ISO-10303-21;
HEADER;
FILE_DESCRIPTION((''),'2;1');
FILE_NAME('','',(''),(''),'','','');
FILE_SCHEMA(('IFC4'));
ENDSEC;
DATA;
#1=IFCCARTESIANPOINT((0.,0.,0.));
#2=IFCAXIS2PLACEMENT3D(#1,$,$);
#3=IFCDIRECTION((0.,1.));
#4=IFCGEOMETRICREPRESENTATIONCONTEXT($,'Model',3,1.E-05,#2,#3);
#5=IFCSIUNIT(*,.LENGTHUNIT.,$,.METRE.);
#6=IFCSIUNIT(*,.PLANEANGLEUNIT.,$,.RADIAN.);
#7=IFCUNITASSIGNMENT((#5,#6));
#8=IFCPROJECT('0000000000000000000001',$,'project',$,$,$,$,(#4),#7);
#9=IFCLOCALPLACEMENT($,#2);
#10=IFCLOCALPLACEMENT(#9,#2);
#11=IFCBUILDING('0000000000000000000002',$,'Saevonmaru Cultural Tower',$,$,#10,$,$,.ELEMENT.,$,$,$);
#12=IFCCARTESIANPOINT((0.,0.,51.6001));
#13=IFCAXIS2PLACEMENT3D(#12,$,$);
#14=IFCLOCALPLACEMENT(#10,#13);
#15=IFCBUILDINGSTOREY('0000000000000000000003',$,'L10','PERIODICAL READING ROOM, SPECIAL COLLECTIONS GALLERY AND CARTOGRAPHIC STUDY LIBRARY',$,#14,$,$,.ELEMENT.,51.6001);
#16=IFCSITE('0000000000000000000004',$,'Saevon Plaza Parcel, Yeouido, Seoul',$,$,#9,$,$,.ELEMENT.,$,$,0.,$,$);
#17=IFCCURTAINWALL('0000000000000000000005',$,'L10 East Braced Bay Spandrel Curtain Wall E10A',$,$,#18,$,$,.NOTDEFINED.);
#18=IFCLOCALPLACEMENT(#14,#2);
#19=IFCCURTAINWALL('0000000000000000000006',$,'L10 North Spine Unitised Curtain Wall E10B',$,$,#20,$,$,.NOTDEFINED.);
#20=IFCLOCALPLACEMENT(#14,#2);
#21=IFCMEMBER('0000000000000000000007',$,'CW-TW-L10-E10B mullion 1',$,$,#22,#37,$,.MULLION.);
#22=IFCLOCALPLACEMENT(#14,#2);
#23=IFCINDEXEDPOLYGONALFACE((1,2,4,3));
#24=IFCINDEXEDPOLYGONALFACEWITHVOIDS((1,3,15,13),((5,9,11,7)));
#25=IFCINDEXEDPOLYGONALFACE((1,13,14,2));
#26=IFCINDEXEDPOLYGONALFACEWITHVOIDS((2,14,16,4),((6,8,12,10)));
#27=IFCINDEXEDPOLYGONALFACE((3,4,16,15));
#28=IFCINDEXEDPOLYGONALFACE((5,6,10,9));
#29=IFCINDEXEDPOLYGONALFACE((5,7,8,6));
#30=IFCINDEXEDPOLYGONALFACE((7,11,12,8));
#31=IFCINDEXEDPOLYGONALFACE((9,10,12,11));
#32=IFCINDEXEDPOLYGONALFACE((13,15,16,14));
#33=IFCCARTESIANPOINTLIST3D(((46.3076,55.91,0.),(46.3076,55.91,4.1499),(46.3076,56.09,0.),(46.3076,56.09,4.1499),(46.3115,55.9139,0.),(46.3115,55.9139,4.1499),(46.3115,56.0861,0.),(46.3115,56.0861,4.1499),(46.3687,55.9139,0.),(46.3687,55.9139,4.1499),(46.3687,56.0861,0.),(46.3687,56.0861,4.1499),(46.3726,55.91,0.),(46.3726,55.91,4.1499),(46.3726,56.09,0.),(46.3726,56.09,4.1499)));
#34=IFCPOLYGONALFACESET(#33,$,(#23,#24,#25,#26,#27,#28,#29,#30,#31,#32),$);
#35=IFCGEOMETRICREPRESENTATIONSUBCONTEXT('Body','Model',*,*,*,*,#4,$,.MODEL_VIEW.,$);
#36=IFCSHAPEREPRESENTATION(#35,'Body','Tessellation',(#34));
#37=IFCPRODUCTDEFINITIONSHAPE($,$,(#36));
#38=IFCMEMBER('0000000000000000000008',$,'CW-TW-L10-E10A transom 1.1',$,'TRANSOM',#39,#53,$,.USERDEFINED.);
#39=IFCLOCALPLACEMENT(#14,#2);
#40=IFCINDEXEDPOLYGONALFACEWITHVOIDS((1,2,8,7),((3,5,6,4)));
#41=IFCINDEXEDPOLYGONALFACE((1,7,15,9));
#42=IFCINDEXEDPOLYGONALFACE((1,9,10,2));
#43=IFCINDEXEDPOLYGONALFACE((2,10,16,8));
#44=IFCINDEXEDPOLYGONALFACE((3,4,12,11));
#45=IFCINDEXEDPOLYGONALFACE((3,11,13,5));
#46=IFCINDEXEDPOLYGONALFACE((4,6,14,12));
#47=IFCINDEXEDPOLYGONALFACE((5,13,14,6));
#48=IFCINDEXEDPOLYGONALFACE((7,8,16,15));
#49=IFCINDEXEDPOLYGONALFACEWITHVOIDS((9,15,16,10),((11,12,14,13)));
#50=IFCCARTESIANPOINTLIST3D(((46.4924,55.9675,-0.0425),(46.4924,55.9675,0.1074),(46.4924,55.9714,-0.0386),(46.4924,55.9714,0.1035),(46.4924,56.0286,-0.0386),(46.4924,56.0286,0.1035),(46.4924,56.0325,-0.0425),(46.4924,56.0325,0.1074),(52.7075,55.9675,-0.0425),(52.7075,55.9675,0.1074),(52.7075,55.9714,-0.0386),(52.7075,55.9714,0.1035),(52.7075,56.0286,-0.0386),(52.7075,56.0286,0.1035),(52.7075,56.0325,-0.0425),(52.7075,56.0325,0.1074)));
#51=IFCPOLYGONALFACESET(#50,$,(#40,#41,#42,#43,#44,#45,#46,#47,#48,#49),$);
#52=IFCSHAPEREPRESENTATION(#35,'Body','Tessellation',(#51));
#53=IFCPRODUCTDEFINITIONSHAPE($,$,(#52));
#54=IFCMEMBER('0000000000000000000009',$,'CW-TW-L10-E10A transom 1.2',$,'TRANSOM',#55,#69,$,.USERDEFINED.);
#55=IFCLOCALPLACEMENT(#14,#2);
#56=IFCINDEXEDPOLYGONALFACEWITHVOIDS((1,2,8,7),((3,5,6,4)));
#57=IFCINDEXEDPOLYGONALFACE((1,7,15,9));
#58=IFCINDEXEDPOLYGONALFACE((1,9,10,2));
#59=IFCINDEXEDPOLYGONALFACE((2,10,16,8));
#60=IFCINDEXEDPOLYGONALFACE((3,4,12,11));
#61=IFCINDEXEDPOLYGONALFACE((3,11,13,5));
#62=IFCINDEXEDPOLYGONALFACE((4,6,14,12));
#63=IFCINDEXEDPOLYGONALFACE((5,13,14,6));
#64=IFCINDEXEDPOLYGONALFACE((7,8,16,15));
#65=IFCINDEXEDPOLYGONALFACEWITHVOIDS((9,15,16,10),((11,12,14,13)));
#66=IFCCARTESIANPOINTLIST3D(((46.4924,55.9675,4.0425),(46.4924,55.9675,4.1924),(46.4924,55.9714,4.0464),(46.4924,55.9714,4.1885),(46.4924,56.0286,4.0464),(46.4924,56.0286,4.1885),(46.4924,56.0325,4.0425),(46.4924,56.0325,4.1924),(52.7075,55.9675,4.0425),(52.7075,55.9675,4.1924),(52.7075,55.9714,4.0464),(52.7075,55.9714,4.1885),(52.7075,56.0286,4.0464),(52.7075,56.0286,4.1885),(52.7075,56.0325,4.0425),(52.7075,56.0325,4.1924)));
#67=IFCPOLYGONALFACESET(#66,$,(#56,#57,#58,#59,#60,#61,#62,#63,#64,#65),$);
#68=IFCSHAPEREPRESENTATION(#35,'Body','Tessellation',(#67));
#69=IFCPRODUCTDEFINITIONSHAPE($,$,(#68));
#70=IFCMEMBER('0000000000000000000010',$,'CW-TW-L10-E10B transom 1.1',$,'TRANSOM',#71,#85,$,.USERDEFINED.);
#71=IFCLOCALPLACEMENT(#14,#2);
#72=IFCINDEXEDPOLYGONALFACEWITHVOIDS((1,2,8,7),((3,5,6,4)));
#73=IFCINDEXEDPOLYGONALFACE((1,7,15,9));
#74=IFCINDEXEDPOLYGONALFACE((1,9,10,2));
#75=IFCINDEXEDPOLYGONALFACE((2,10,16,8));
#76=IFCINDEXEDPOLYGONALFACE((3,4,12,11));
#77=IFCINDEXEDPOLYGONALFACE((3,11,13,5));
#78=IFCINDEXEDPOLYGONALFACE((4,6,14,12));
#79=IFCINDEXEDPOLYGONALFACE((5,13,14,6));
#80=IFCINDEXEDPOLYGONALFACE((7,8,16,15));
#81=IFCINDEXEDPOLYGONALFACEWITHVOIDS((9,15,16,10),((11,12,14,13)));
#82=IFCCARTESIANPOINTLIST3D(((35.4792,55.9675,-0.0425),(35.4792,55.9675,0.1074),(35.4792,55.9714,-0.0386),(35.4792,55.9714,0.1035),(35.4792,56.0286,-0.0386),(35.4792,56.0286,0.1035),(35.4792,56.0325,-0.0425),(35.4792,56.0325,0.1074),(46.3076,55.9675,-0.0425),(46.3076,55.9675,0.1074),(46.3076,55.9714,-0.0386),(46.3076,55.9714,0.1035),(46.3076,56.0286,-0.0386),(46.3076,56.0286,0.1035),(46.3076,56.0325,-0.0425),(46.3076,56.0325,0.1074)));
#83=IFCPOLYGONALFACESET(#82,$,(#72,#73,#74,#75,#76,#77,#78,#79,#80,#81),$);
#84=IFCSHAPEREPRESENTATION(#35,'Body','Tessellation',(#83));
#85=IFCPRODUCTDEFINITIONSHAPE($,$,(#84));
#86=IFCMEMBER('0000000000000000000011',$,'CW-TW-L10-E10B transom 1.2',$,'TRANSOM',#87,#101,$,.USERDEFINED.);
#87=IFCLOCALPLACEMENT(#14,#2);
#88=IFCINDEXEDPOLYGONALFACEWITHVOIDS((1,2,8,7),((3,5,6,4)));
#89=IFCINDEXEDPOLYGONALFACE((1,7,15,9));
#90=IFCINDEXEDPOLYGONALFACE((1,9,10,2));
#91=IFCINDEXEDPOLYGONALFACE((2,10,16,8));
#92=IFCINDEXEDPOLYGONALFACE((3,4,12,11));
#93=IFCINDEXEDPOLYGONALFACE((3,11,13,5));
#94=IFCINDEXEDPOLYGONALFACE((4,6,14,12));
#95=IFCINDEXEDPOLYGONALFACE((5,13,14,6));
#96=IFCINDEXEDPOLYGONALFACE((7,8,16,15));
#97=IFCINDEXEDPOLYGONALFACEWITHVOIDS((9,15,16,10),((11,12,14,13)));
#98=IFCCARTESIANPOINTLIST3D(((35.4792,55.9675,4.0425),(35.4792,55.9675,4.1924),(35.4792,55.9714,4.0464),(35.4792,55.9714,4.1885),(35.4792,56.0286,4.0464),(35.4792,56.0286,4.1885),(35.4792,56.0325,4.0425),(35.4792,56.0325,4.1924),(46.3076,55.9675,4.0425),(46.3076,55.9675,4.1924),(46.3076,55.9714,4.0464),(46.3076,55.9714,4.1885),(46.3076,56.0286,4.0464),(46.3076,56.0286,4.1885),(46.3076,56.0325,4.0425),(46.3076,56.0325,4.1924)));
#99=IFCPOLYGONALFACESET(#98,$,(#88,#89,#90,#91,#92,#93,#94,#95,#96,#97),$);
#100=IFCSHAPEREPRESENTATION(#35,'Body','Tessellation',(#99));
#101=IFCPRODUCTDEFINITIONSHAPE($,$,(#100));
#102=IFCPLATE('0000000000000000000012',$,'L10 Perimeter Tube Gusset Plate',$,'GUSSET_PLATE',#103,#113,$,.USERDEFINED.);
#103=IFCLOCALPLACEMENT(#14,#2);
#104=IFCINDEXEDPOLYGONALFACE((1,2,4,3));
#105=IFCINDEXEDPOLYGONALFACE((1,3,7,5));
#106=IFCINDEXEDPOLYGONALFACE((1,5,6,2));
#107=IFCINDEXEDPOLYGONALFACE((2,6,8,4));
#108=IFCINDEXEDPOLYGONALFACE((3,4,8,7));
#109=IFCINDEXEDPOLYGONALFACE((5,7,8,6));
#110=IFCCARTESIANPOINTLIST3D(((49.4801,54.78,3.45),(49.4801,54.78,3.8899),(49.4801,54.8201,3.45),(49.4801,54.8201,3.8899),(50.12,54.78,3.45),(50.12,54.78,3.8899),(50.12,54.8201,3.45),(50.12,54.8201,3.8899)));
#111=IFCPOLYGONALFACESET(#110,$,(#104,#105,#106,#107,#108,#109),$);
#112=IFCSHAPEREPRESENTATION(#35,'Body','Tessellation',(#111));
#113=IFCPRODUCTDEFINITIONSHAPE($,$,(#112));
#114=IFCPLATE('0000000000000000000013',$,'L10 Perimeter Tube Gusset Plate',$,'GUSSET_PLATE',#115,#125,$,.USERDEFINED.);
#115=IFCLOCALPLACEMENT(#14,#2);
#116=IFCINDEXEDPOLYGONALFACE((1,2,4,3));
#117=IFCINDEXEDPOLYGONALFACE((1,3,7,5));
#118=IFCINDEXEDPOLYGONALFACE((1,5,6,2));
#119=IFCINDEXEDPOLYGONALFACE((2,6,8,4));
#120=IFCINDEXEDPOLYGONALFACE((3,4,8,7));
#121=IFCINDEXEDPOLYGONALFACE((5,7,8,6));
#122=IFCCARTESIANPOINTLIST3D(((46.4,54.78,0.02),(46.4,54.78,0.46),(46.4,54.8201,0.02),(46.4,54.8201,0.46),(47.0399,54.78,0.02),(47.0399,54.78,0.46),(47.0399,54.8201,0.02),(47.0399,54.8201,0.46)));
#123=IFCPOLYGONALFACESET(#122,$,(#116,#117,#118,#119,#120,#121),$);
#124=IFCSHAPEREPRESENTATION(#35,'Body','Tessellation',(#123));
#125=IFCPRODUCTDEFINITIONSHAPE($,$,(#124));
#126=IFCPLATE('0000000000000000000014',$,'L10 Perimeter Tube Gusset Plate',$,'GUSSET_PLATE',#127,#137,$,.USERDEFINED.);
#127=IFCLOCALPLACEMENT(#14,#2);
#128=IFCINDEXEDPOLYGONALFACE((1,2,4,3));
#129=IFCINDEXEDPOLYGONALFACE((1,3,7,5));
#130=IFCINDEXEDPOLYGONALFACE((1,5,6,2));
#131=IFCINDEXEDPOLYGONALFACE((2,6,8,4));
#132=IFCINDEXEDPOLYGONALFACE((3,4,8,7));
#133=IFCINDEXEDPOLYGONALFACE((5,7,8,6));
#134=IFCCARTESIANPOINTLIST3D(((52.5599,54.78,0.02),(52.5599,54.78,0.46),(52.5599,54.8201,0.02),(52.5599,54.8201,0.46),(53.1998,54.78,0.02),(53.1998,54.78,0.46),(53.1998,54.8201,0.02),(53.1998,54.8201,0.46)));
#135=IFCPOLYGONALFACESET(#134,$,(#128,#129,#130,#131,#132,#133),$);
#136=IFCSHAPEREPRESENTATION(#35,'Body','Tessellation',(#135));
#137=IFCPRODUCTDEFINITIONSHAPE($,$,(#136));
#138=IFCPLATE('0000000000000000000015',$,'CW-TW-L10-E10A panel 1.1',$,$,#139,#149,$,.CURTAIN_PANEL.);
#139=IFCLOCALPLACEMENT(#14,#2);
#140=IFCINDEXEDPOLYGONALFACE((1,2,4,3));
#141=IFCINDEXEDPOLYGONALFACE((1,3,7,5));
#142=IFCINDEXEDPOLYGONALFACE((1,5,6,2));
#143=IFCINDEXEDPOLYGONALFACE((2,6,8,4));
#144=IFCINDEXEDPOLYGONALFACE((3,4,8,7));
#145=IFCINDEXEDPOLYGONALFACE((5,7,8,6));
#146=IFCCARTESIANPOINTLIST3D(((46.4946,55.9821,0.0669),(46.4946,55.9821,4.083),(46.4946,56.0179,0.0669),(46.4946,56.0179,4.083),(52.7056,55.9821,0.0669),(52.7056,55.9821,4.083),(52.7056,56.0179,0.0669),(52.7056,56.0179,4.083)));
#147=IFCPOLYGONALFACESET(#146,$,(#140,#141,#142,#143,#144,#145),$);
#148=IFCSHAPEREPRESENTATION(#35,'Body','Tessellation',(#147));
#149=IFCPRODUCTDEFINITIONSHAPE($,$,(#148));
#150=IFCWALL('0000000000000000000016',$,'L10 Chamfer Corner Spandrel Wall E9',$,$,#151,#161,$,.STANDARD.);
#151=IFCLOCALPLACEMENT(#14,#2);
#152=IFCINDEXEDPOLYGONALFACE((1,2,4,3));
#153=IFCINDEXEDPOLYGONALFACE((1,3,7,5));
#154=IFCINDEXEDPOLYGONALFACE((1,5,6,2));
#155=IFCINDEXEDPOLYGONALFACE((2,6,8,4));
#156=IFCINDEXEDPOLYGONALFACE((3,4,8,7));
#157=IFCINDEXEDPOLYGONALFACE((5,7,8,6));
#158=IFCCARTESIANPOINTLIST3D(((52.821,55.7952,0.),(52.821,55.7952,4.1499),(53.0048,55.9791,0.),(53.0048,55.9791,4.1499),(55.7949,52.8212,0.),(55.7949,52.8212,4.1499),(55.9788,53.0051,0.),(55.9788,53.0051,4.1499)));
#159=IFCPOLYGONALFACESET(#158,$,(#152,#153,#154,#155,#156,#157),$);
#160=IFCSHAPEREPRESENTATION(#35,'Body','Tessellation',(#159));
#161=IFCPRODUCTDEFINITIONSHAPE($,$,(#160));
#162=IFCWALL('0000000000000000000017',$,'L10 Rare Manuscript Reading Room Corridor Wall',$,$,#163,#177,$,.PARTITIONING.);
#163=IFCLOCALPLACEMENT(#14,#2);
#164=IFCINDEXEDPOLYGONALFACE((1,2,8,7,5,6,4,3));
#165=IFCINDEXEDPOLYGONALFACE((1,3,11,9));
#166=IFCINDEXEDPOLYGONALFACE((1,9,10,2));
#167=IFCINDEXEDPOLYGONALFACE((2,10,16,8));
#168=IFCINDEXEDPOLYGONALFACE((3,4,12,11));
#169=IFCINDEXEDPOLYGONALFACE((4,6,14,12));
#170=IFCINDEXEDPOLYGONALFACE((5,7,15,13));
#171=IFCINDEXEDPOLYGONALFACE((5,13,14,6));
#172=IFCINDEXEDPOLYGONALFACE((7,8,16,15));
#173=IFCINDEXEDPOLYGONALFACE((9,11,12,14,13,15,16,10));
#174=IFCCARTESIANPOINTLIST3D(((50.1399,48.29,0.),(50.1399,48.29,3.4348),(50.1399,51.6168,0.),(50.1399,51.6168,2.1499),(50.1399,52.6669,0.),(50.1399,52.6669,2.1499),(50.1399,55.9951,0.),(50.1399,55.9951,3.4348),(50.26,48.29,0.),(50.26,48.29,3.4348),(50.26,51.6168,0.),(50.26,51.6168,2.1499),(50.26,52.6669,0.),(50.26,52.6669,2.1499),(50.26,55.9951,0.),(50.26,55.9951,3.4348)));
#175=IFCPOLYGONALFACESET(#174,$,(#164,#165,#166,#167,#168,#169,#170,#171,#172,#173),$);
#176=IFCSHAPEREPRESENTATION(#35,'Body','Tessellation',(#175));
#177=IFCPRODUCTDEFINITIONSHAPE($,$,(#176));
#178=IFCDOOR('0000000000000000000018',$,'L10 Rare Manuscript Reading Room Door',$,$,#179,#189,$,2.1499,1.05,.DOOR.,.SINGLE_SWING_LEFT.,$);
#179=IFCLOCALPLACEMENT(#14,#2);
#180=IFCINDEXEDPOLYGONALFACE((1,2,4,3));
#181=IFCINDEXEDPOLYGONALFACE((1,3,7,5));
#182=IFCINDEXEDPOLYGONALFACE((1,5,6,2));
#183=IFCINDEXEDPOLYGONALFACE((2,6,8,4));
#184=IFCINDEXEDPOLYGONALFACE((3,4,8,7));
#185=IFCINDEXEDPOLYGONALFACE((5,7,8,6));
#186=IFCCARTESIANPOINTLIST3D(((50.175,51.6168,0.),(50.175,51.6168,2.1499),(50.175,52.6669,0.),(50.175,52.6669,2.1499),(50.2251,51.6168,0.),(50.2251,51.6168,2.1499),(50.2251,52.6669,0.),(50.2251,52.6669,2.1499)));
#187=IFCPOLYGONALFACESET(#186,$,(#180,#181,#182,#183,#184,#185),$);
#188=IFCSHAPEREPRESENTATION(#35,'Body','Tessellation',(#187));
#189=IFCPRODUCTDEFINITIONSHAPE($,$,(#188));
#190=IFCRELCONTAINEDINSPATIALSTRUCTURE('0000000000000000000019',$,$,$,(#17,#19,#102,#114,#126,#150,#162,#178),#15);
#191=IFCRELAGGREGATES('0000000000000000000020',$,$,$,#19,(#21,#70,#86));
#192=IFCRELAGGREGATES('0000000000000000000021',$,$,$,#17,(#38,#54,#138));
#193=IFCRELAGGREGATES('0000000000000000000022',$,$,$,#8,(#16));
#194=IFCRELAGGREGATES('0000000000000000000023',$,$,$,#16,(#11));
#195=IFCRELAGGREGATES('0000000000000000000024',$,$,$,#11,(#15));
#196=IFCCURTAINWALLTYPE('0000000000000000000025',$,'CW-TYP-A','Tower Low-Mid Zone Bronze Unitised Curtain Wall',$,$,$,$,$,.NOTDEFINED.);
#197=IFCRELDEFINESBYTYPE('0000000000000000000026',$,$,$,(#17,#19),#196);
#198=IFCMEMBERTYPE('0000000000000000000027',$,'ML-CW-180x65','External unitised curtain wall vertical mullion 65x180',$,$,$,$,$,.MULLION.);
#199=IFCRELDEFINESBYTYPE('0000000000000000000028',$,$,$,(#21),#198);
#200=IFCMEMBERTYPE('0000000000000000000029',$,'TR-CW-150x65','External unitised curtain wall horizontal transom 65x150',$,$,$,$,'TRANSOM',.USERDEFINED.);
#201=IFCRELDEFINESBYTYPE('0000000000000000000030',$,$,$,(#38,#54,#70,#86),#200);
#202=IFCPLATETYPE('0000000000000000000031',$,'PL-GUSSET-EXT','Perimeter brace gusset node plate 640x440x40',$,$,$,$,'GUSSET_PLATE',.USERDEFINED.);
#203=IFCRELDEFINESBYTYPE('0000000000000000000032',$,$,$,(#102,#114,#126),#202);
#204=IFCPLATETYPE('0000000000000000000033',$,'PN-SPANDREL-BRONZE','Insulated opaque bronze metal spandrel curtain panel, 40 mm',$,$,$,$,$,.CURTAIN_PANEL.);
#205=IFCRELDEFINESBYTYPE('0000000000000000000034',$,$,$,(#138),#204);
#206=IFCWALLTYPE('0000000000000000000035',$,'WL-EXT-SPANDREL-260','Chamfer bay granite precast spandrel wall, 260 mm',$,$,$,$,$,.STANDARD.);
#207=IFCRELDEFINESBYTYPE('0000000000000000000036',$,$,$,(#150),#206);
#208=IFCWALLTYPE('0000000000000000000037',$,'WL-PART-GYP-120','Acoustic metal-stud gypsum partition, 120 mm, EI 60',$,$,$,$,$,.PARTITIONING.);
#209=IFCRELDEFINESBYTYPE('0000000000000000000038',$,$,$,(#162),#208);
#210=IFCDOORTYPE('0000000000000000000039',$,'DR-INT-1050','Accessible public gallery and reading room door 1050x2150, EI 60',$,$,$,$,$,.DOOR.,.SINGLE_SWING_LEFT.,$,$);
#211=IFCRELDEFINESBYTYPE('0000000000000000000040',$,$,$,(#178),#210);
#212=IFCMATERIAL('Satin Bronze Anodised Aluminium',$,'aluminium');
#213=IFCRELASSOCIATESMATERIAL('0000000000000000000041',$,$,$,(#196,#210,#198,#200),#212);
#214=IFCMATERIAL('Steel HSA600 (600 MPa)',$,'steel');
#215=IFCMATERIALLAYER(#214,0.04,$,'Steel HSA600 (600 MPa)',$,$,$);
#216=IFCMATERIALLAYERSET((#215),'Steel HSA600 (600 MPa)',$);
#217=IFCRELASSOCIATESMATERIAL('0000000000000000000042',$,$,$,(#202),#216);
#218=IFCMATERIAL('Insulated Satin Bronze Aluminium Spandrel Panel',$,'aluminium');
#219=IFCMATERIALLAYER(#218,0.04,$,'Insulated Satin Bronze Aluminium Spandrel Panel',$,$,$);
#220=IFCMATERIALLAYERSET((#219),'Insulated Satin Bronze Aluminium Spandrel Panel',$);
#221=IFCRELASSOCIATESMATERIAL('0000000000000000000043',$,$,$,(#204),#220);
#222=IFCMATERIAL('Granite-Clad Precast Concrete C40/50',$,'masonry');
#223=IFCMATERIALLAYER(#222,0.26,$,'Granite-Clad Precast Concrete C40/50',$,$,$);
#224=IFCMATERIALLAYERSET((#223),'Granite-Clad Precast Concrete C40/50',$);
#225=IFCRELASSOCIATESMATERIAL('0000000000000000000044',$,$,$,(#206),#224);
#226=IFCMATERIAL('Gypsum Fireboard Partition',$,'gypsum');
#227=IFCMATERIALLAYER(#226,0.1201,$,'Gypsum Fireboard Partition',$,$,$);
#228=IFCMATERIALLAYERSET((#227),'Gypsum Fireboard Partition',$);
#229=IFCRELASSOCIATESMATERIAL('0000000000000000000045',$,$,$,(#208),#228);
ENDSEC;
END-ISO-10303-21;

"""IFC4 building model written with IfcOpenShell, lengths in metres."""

from ifc_helpers import new_model, si_unit, direction, frame, frame_2d, origin, origin_2d, place, context, subcontext, project, spatial, rectangle, hollow_rectangle, extrude, material, layer, layer_set, material_profile, profile_set, type_object, element, fill, aggregate, save


model = new_model("IFC4")

# Units and contexts
model_context = context("Model", 3, precision=1e-05, world=origin(), true_north=direction((0.0, 1.0)))
body_context = subcontext(model_context, "Body", "Model", "MODEL_VIEW")
ifc_project = project(units=[si_unit("LENGTHUNIT", "METRE"), si_unit("PLANEANGLEUNIT", "RADIAN")], contexts=[model_context])

# Site, building, storey
site_placement = place(None, origin())
site = spatial("IfcSite", under=ifc_project, at=site_placement, Name="Saevon Plaza Parcel, Yeouido, Seoul", CompositionType="ELEMENT", RefElevation=0.0)
building_placement = place(site_placement, origin())
building = spatial("IfcBuilding", under=site, at=building_placement, Name="Saevonmaru Cultural Tower", CompositionType="ELEMENT")
storey_placement = place(building_placement, frame((0.0, 0.0, 51.6001)))
storey = spatial("IfcBuildingStorey", under=building, at=storey_placement, Name="L10", Description="PERIODICAL READING ROOM, SPECIAL COLLECTIONS GALLERY AND CARTOGRAPHIC STUDY LIBRARY", CompositionType="ELEMENT", Elevation=51.6001)

# Shared definitions
ifc_material_1 = material(Name="Steel HSA600 (600 MPa)", Category="steel")

# Shared definitions
ifc_material_2 = material(Name="Satin Bronze Anodised Aluminium", Category="aluminium")
curtain_wall_type = type_object("IfcCurtainWallType", Name="CW-TYP-A", Description="Tower Low-Mid Zone Bronze Unitised Curtain Wall", PredefinedType="NOTDEFINED", material=ifc_material_2)
ifc_material_profile_1 = material_profile(ifc_material_2, hollow_rectangle(XDim=0.0649, YDim=0.1799, WallThickness=0.0039, at=origin_2d()), Name="ALU-MULL-180x65x4")
ifc_profile_set_1 = profile_set([ifc_material_profile_1], Name="Satin Bronze Anodised Aluminium")
member_type_1 = type_object("IfcMemberType", Name="ML-CW-180x65", Description="External unitised curtain wall vertical mullion 65x180", PredefinedType="MULLION", material=ifc_profile_set_1)

# Curtain wall
curtain_wall_1_placement = place(storey_placement, origin())
curtain_wall_1 = element("IfcCurtainWall", 1, at=curtain_wall_1_placement, inside=storey, type_object=curtain_wall_type, Name="L10 East Braced Bay Spandrel Curtain Wall E10A", PredefinedType="NOTDEFINED")

# Curtain wall, member
curtain_wall_2_placement = place(storey_placement, origin())
curtain_wall_2 = element("IfcCurtainWall", 2, at=curtain_wall_2_placement, inside=storey, type_object=curtain_wall_type, Name="L10 North Spine Unitised Curtain Wall E10B", PredefinedType="NOTDEFINED")
member_1_placement = place(storey_placement, frame((46.3401, 56.0, 0.0), z_axis=(0.0, 0.0, 1.0), x_axis=(-1.0, 0.0, 0.0)))
member_1 = element("IfcMember", 3, at=member_1_placement, type_object=member_type_1, Name="CW-TW-L10-E10B mullion 1", PredefinedType="MULLION", context=body_context, shape_type="SweptSolid", body=[
    extrude(hollow_rectangle(XDim=0.0649, YDim=0.1799, WallThickness=0.0039, at=origin_2d()), origin(), (0.0, 0.0, 1.0), 4.1499),
])

# Members
ifc_material_profile_2 = material_profile(ifc_material_2, hollow_rectangle(XDim=0.0649, YDim=0.1499, WallThickness=0.0039, at=origin_2d()), Name="ALU-TRAN-150x65x4")
ifc_profile_set_2 = profile_set([ifc_material_profile_2], Name="Satin Bronze Anodised Aluminium")
member_type_2 = type_object("IfcMemberType", Name="TR-CW-150x65", Description="External unitised curtain wall horizontal transom 65x150", ElementType="TRANSOM", PredefinedType="USERDEFINED", material=ifc_profile_set_2)
member_2_placement = place(storey_placement, frame((52.7075, 56.0, 0.0325), z_axis=(-1.0, 0.0, 0.0), x_axis=(0.0, -1.0, 0.0)))
member_2 = element("IfcMember", 4, at=member_2_placement, type_object=member_type_2, Name="CW-TW-L10-E10A transom 1.1", ObjectType="TRANSOM", PredefinedType="USERDEFINED", context=body_context, shape_type="SweptSolid", body=[
    extrude(hollow_rectangle(XDim=0.0649, YDim=0.1499, WallThickness=0.0039, at=origin_2d()), origin(), (0.0, 0.0, 1.0), 6.2151),
])
member_3_placement = place(storey_placement, frame((52.7075, 56.0, 4.1174), z_axis=(-1.0, 0.0, 0.0), x_axis=(0.0, -1.0, 0.0)))
member_3 = element("IfcMember", 5, at=member_3_placement, type_object=member_type_2, Name="CW-TW-L10-E10A transom 1.2", ObjectType="TRANSOM", PredefinedType="USERDEFINED", context=body_context, shape_type="SweptSolid", body=[
    extrude(hollow_rectangle(XDim=0.0649, YDim=0.1499, WallThickness=0.0039, at=origin_2d()), origin(), (0.0, 0.0, 1.0), 6.2151),
])
member_4_placement = place(storey_placement, frame((46.3076, 56.0, 0.0325), z_axis=(-1.0, 0.0, 0.0), x_axis=(0.0, -1.0, 0.0)))
member_4 = element("IfcMember", 6, at=member_4_placement, type_object=member_type_2, Name="CW-TW-L10-E10B transom 1.1", ObjectType="TRANSOM", PredefinedType="USERDEFINED", context=body_context, shape_type="SweptSolid", body=[
    extrude(hollow_rectangle(XDim=0.0649, YDim=0.1499, WallThickness=0.0039, at=origin_2d()), origin(), (0.0, 0.0, 1.0), 10.8284),
])
member_5_placement = place(storey_placement, frame((46.3076, 56.0, 4.1174), z_axis=(-1.0, 0.0, 0.0), x_axis=(0.0, -1.0, 0.0)))
member_5 = element("IfcMember", 7, at=member_5_placement, type_object=member_type_2, Name="CW-TW-L10-E10B transom 1.2", ObjectType="TRANSOM", PredefinedType="USERDEFINED", context=body_context, shape_type="SweptSolid", body=[
    extrude(hollow_rectangle(XDim=0.0649, YDim=0.1499, WallThickness=0.0039, at=origin_2d()), origin(), (0.0, 0.0, 1.0), 10.8284),
])
aggregate(curtain_wall_2, [member_1, member_4, member_5])

# Plates
ifc_layer_1 = layer(ifc_material_1, 0.04, Name="Steel HSA600 (600 MPa)")
ifc_layer_set_1 = layer_set([ifc_layer_1], Name="Steel HSA600 (600 MPa)")
plate_type_1 = type_object("IfcPlateType", Name="PL-GUSSET-EXT", Description="Perimeter brace gusset node plate 640x440x40", ElementType="GUSSET_PLATE", PredefinedType="USERDEFINED", material=ifc_layer_set_1)
for number, where, z_axis, x_axis, name in (
    (8, (49.8, 54.8, 3.45), (0.0, 0.0, 1.0), (1.0, 0.0, 0.0), "L10 Perimeter Tube Gusset Plate"),
    (9, (46.72, 54.8, 0.02), (0.0, 0.0, 1.0), (1.0, 0.0, 0.0), "L10 Perimeter Tube Gusset Plate"),
    (10, (52.8799, 54.8, 0.02), (0.0, 0.0, 1.0), (1.0, 0.0, 0.0), "L10 Perimeter Tube Gusset Plate"),
):
    element("IfcPlate", number, at=place(storey_placement, frame(where, z_axis=z_axis, x_axis=x_axis)), inside=storey, type_object=plate_type_1, Name=name, ObjectType="GUSSET_PLATE", PredefinedType="USERDEFINED", context=body_context, shape_type="SweptSolid", body=[
        extrude(rectangle(XDim=0.6399, YDim=0.04, at=origin_2d()), origin(), (0.0, 0.0, 1.0), 0.4399),
    ])

# Plate
ifc_material_3 = material(Name="Insulated Satin Bronze Aluminium Spandrel Panel", Category="aluminium")
ifc_layer_2 = layer(ifc_material_3, 0.04, Name="Insulated Satin Bronze Aluminium Spandrel Panel")
ifc_layer_set_2 = layer_set([ifc_layer_2], Name="Insulated Satin Bronze Aluminium Spandrel Panel")
plate_type_2 = type_object("IfcPlateType", Name="PN-SPANDREL-BRONZE", Description="Insulated opaque bronze metal spandrel curtain panel, 40 mm", PredefinedType="CURTAIN_PANEL", material=ifc_layer_set_2)
plate_placement = place(storey_placement, frame((49.6001, 56.0, 0.0669), z_axis=(0.0, 0.0, 1.0), x_axis=(-1.0, 0.0, 0.0)))
plate = element("IfcPlate", 11, at=plate_placement, type_object=plate_type_2, Name="CW-TW-L10-E10A panel 1.1", PredefinedType="CURTAIN_PANEL", context=body_context, shape_type="SweptSolid", body=[
    extrude(rectangle(XDim=6.2109, YDim=0.0359, at=origin_2d()), origin(), (0.0, 0.0, 1.0), 4.0161),
])
aggregate(curtain_wall_1, [member_2, member_3, plate])

# Wall
ifc_material_4 = material(Name="Granite-Clad Precast Concrete C40/50", Category="masonry")
ifc_layer_3 = layer(ifc_material_4, 0.26, Name="Granite-Clad Precast Concrete C40/50")
ifc_layer_set_3 = layer_set([ifc_layer_3], Name="Granite-Clad Precast Concrete C40/50")
wall_type_1 = type_object("IfcWallType", Name="WL-EXT-SPANDREL-260", Description="Chamfer bay granite precast spandrel wall, 260 mm", PredefinedType="STANDARD", material=ifc_layer_set_3)
wall_1_placement = place(storey_placement, frame((55.887, 52.9131, 0.0), z_axis=(0.0, 0.0, 1.0), x_axis=(-0.707107, 0.707107, 0.0)))
element("IfcWall", 12, at=wall_1_placement, inside=storey, type_object=wall_type_1, Name="L10 Chamfer Corner Spandrel Wall E9", PredefinedType="STANDARD", context=body_context, shape_type="SweptSolid", body=[
    extrude(rectangle(XDim=4.2058, YDim=0.26, at=frame_2d((2.103, 0.0))), origin(), (0.0, 0.0, 1.0), 4.1499),
])

# Wall, opening, door
ifc_material_5 = material(Name="Gypsum Fireboard Partition", Category="gypsum")
ifc_layer_4 = layer(ifc_material_5, 0.1201, Name="Gypsum Fireboard Partition")
ifc_layer_set_4 = layer_set([ifc_layer_4], Name="Gypsum Fireboard Partition")
wall_type_2 = type_object("IfcWallType", Name="WL-PART-GYP-120", Description="Acoustic metal-stud gypsum partition, 120 mm, EI 60", PredefinedType="PARTITIONING", material=ifc_layer_set_4)
wall_2_placement = place(storey_placement, frame((50.2, 48.29, 0.0), z_axis=(0.0, 0.0, 1.0), x_axis=(0.0, 1.0, 0.0)))
wall_2 = element("IfcWall", 13, at=wall_2_placement, inside=storey, type_object=wall_type_2, Name="L10 Rare Manuscript Reading Room Corridor Wall", PredefinedType="PARTITIONING", context=body_context, shape_type="SweptSolid", body=[
    extrude(rectangle(XDim=7.7051, YDim=0.1201, at=frame_2d((3.8525, 0.0))), origin(), (0.0, 0.0, 1.0), 3.4348),
])
opening_1_placement = place(wall_2_placement, frame((3.3269, 0.0, 0.0)))
opening_1 = element("IfcOpeningElement", 14, at=opening_1_placement, cuts=wall_2, PredefinedType="OPENING", context=body_context, shape_type="SweptSolid", body=[
    extrude(rectangle(XDim=1.05, YDim=2.1499, at=frame_2d((0.5249, 1.075))), frame((0.0, 0.0701, 0.0), z_axis=(0.0, -1.0, 0.0), x_axis=(1.0, 0.0, 0.0)), (0.0, 0.0, 1.0), 0.1401),
])
door_type_1 = type_object("IfcDoorType", Name="DR-INT-1050", Description="Accessible public gallery and reading room door 1050x2150, EI 60", OperationType="SINGLE_SWING_LEFT", PredefinedType="DOOR", material=ifc_material_2)
door_1_placement = place(opening_1_placement, origin())
door_1 = element("IfcDoor", 15, at=door_1_placement, inside=storey, type_object=door_type_1, Name="L10 Rare Manuscript Reading Room Door", OperationType="SINGLE_SWING_LEFT", OverallHeight=2.1499, OverallWidth=1.05, PredefinedType="DOOR", context=body_context, shape_type="SweptSolid", body=[
    extrude(rectangle(XDim=1.05, YDim=2.1499, at=frame_2d((0.5249, 1.075))), frame((0.0, 0.0249, 0.0), z_axis=(0.0, -1.0, 0.0), x_axis=(1.0, 0.0, 0.0)), (0.0, 0.0, 1.0), 0.05),
])
fill(opening_1, door_1)

save(model, "model.ifc")
